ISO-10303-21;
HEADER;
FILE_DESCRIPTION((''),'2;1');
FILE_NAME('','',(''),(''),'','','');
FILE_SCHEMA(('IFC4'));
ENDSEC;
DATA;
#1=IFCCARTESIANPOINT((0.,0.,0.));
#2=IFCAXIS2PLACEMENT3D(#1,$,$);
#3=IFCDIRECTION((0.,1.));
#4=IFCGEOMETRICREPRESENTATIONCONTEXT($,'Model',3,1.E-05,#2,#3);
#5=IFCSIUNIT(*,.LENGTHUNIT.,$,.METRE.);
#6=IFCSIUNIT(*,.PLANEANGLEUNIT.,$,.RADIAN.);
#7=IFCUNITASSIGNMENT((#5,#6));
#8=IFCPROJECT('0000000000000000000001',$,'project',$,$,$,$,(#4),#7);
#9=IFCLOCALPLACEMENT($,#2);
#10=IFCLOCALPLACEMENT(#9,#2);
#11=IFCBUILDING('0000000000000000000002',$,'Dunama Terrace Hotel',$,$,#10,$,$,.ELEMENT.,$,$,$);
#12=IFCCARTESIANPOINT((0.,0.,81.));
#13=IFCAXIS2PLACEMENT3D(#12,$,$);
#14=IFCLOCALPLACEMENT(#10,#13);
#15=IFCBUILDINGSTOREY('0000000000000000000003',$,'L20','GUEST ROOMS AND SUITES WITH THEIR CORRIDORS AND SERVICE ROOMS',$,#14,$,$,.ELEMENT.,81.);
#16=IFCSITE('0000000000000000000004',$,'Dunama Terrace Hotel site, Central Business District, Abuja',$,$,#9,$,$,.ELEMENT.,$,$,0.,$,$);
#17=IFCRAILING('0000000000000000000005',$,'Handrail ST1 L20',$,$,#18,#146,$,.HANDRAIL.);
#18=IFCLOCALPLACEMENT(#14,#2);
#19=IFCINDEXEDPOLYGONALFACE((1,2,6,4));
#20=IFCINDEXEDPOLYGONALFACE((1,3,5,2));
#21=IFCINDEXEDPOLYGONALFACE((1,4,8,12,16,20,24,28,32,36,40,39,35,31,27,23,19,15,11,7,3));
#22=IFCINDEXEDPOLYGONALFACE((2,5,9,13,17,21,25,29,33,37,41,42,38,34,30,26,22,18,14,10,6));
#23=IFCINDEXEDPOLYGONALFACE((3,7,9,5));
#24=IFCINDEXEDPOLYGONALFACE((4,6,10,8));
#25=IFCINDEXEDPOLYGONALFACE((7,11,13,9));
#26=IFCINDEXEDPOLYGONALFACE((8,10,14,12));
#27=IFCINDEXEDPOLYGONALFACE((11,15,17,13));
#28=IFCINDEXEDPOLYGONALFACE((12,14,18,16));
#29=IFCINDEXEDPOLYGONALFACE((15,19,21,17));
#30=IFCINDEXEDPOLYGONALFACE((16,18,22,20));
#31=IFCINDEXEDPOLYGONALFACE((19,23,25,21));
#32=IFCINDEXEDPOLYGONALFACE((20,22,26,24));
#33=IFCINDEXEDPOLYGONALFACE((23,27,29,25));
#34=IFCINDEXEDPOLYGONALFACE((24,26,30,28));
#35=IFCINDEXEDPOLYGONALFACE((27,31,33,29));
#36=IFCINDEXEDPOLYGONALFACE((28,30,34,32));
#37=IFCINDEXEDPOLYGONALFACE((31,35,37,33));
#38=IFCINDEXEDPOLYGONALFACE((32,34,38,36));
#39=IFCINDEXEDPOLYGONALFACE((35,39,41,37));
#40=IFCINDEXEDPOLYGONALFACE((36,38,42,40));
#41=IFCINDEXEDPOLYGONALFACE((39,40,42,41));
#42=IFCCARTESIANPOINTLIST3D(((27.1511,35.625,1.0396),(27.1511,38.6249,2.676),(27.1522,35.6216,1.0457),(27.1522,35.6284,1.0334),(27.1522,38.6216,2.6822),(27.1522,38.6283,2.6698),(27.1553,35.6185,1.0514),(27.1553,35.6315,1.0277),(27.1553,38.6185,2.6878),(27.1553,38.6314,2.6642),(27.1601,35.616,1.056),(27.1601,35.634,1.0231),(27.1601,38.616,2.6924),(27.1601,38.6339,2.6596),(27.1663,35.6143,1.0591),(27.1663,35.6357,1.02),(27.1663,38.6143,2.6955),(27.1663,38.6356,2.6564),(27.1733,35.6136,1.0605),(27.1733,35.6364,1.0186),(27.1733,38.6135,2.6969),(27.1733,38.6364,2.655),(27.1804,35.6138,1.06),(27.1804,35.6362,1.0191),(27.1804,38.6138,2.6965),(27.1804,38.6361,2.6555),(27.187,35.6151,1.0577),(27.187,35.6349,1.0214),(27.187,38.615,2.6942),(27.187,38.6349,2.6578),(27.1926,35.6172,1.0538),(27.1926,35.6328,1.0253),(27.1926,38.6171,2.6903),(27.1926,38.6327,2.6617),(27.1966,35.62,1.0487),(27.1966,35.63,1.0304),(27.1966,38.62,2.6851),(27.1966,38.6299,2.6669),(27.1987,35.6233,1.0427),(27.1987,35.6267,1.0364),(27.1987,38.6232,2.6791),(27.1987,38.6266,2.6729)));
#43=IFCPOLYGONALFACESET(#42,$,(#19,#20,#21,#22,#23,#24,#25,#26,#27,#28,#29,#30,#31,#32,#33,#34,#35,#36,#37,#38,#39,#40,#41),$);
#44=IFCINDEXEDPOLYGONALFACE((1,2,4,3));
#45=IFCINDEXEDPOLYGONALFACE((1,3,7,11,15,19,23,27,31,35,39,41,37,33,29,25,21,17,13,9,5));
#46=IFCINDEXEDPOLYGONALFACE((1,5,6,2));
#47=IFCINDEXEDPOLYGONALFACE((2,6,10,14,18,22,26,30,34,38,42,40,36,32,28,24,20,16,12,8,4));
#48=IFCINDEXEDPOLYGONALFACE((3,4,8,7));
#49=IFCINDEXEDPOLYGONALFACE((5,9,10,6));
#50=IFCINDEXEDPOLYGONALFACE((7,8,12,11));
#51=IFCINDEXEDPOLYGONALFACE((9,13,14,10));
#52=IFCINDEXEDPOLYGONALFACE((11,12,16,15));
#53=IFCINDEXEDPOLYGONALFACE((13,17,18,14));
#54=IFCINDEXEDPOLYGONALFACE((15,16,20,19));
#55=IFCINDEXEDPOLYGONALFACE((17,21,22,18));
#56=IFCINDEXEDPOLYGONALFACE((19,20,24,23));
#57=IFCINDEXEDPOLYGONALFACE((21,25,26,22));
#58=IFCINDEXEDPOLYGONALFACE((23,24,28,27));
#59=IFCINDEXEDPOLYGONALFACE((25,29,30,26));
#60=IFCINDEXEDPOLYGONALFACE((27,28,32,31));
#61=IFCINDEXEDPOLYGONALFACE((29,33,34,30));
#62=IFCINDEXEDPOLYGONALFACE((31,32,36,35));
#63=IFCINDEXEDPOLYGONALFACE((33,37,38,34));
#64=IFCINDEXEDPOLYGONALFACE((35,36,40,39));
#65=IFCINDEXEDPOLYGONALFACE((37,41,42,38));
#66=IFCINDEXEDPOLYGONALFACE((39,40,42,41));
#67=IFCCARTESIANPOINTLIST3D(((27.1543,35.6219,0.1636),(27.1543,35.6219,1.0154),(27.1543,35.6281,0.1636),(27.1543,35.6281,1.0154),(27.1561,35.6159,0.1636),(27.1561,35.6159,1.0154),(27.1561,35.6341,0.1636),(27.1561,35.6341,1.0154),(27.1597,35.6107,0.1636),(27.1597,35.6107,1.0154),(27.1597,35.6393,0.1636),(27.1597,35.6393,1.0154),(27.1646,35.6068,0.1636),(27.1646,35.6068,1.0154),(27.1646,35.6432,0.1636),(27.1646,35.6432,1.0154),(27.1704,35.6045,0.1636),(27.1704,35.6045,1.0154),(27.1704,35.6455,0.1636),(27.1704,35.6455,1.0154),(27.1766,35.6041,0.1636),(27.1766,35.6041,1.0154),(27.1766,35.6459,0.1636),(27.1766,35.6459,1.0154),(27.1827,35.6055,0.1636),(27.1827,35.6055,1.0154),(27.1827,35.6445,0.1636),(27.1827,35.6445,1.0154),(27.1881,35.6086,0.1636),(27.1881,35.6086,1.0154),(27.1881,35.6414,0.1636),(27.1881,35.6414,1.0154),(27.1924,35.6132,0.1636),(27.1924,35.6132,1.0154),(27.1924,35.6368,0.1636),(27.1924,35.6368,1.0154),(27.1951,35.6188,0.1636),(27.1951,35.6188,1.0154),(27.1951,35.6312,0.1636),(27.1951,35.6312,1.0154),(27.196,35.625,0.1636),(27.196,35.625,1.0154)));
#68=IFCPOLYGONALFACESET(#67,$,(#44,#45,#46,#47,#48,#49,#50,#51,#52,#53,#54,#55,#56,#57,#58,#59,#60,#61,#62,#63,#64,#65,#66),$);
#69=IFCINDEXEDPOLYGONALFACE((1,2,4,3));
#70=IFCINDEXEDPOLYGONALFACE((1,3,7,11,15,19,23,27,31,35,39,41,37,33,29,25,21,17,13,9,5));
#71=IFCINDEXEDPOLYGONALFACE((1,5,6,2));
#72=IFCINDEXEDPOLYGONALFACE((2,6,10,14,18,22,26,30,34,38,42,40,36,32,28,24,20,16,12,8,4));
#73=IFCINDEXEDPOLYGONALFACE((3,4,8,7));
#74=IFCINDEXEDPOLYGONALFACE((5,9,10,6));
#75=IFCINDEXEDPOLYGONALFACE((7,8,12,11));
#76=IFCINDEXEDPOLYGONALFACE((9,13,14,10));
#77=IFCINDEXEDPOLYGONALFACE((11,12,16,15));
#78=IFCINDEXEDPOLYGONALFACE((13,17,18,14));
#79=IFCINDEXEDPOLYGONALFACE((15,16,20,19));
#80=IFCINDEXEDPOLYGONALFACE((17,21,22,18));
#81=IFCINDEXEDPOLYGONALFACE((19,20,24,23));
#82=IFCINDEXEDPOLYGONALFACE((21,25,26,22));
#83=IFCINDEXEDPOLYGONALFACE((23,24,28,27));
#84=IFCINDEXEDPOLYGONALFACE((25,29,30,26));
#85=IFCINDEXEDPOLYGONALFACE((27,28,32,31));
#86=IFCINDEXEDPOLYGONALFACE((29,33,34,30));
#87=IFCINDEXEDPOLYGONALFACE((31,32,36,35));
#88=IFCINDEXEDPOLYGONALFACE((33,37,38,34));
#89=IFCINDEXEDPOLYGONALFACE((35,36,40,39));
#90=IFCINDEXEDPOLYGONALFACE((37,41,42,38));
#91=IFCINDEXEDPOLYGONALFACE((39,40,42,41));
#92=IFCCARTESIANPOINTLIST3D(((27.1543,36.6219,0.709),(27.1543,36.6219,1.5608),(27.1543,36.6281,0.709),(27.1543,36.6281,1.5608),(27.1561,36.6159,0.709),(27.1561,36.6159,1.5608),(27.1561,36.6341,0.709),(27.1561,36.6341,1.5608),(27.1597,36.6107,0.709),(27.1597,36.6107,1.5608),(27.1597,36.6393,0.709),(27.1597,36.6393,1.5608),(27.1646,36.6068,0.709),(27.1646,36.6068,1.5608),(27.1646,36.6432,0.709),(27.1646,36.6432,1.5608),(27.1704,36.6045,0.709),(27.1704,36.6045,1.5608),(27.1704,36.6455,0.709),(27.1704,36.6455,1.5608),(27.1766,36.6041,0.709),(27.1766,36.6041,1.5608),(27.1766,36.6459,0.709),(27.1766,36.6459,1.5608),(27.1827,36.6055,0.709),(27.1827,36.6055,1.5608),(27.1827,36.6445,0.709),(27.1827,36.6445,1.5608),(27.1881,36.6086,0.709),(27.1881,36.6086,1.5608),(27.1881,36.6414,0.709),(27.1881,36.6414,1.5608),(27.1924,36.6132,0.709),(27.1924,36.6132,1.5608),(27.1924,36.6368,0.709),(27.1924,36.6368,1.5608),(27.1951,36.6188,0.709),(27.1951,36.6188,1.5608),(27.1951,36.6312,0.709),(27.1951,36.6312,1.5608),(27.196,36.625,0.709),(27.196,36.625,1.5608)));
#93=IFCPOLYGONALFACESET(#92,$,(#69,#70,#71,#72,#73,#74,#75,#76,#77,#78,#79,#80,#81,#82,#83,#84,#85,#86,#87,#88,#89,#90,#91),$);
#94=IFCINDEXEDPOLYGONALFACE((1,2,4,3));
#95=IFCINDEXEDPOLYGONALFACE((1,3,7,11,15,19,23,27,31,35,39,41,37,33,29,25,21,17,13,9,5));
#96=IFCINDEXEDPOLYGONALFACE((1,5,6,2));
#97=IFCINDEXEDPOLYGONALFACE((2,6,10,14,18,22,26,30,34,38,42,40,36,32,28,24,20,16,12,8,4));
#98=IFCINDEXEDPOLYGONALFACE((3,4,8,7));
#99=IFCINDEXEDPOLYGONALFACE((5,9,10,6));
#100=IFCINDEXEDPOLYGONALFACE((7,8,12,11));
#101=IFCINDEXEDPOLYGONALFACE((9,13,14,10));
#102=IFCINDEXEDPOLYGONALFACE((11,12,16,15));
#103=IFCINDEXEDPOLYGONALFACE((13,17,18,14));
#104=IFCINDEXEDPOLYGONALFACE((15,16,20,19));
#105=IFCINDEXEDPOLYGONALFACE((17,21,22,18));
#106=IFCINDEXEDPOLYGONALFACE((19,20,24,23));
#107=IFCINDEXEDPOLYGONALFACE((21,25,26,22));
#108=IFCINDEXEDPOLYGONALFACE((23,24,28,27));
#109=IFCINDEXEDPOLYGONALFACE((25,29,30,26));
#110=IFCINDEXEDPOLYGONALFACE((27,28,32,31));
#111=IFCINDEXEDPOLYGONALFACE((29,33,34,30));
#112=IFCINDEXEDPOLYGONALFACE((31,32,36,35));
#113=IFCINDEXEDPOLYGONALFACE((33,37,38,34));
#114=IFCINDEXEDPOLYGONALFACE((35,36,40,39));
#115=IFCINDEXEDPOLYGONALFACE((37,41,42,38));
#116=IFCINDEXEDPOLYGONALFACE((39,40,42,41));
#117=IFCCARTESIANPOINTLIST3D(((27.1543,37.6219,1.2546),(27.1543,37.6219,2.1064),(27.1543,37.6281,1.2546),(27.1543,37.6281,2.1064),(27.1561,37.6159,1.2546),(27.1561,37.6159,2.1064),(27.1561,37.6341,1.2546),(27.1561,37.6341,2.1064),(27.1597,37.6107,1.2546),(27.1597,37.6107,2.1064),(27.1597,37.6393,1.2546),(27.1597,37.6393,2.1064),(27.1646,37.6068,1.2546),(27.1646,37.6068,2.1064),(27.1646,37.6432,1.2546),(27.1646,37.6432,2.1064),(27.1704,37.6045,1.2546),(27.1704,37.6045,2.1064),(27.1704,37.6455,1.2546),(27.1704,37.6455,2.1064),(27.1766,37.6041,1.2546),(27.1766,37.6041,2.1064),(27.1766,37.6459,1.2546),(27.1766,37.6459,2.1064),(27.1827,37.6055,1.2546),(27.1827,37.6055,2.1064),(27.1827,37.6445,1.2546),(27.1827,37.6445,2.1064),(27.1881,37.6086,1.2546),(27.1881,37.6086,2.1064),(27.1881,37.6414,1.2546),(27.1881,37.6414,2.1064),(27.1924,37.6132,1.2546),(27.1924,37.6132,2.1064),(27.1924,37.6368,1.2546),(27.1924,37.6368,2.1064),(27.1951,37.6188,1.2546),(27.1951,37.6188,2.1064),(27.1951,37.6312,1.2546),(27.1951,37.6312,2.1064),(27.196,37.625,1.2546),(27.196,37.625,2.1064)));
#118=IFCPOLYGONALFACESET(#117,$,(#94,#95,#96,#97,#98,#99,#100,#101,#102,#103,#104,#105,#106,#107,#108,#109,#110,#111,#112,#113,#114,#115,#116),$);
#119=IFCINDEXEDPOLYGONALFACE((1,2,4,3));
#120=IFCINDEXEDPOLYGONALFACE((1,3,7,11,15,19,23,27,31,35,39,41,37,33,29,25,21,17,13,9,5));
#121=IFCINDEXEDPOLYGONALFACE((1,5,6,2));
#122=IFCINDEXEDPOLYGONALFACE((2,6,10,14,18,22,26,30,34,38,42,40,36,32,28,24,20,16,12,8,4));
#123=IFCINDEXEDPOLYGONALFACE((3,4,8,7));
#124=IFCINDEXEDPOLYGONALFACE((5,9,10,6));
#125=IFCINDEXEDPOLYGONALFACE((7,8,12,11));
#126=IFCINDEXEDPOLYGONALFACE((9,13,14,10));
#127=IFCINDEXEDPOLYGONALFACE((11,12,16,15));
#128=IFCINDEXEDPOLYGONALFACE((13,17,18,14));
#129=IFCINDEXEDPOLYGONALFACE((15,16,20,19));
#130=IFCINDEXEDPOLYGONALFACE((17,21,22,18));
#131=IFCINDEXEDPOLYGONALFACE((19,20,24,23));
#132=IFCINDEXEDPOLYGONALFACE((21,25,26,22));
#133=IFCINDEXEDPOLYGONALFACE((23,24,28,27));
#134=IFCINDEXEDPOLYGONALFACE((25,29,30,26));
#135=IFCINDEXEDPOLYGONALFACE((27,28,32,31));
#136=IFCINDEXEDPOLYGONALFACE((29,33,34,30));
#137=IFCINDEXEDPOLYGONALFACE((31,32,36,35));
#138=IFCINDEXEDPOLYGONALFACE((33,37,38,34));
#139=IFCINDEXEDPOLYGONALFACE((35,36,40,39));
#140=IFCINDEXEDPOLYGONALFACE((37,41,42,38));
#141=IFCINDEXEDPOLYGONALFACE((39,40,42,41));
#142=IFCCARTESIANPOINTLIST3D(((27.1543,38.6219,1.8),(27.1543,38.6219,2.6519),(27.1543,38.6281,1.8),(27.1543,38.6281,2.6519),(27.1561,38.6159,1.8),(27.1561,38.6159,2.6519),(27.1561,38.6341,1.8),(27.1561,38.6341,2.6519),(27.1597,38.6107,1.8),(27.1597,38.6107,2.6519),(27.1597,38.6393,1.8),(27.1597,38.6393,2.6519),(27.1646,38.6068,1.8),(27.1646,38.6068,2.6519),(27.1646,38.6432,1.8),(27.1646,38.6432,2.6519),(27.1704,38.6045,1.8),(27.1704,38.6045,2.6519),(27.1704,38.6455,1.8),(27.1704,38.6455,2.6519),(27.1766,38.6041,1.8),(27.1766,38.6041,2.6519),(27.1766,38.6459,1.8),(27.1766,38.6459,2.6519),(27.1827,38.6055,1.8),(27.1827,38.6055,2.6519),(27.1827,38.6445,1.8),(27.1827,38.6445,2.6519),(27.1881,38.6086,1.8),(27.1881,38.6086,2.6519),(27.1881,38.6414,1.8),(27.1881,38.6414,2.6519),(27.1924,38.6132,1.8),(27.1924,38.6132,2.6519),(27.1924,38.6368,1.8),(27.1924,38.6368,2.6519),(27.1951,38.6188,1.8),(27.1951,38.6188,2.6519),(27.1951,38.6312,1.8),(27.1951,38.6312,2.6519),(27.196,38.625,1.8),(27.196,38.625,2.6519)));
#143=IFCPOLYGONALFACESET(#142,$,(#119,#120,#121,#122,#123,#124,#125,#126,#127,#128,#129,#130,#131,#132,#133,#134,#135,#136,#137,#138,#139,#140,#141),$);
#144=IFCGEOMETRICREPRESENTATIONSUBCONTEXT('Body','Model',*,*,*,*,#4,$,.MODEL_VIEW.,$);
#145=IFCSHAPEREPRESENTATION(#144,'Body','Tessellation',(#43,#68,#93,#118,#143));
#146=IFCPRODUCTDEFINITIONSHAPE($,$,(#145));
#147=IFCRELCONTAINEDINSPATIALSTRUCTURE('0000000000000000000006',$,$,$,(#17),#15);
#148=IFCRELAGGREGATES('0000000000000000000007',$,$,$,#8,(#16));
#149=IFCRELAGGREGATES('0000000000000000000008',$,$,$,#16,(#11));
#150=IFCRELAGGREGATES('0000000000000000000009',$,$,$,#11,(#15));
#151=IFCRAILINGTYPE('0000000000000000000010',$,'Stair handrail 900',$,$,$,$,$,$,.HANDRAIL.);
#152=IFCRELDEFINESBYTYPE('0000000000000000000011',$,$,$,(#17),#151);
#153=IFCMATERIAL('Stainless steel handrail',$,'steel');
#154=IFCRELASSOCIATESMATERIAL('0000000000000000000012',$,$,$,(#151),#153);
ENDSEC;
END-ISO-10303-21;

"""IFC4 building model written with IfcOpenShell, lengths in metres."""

from ifc_helpers import new_model, si_unit, direction, frame, origin, origin_2d, place, context, subcontext, project, spatial, circle, extrude, material, type_object, element, save


model = new_model("IFC4")

# Units and contexts
model_context = context("Model", 3, precision=1e-05, world=origin(), true_north=direction((0.0, 1.0)))
body_context = subcontext(model_context, "Body", "Model", "MODEL_VIEW")
ifc_project = project(units=[si_unit("LENGTHUNIT", "METRE"), si_unit("PLANEANGLEUNIT", "RADIAN")], contexts=[model_context])

# Site, building, storey
site_placement = place(None, origin())
site = spatial("IfcSite", under=ifc_project, at=site_placement, Name="Dunama Terrace Hotel site, Central Business District, Abuja", CompositionType="ELEMENT", RefElevation=0.0)
building_placement = place(site_placement, origin())
building = spatial("IfcBuilding", under=site, at=building_placement, Name="Dunama Terrace Hotel", CompositionType="ELEMENT")
storey_placement = place(building_placement, frame((0.0, 0.0, 81.0)))
storey = spatial("IfcBuildingStorey", under=building, at=storey_placement, Name="L20", Description="GUEST ROOMS AND SUITES WITH THEIR CORRIDORS AND SERVICE ROOMS", CompositionType="ELEMENT", Elevation=81.0)

# Railing
ifc_material_1 = material(Name="Stainless steel handrail", Category="steel")
railing_type = type_object("IfcRailingType", Name="Stair handrail 900", PredefinedType="HANDRAIL", material=ifc_material_1)
railing_1_placement = place(storey_placement, frame((27.175, 35.625, 0.1636)))
element("IfcRailing", 1, at=railing_1_placement, inside=storey, type_object=railing_type, Name="Handrail ST1 L20", PredefinedType="HANDRAIL", context=body_context, shape_type="SweptSolid", body=[
    extrude(circle(Radius=0.0239, at=origin_2d()), frame((0.0, 0.0, 0.876), z_axis=(0.0, 0.877882, 0.478877), x_axis=(-1.0, 0.0, 0.0)), (0.0, 0.0, 1.0), 3.4172),
    extrude(circle(Radius=0.021, at=origin_2d()), origin(), (0.0, 0.0, 1.0), 0.8518),
    extrude(circle(Radius=0.021, at=origin_2d()), frame((0.0, 1.0, 0.5454)), (0.0, 0.0, 1.0), 0.8518),
    extrude(circle(Radius=0.021, at=origin_2d()), frame((0.0, 2.0, 1.0911)), (0.0, 0.0, 1.0), 0.8518),
    extrude(circle(Radius=0.021, at=origin_2d()), frame((0.0, 3.0, 1.6365)), (0.0, 0.0, 1.0), 0.8518),
])

save(model, "model.ifc")
